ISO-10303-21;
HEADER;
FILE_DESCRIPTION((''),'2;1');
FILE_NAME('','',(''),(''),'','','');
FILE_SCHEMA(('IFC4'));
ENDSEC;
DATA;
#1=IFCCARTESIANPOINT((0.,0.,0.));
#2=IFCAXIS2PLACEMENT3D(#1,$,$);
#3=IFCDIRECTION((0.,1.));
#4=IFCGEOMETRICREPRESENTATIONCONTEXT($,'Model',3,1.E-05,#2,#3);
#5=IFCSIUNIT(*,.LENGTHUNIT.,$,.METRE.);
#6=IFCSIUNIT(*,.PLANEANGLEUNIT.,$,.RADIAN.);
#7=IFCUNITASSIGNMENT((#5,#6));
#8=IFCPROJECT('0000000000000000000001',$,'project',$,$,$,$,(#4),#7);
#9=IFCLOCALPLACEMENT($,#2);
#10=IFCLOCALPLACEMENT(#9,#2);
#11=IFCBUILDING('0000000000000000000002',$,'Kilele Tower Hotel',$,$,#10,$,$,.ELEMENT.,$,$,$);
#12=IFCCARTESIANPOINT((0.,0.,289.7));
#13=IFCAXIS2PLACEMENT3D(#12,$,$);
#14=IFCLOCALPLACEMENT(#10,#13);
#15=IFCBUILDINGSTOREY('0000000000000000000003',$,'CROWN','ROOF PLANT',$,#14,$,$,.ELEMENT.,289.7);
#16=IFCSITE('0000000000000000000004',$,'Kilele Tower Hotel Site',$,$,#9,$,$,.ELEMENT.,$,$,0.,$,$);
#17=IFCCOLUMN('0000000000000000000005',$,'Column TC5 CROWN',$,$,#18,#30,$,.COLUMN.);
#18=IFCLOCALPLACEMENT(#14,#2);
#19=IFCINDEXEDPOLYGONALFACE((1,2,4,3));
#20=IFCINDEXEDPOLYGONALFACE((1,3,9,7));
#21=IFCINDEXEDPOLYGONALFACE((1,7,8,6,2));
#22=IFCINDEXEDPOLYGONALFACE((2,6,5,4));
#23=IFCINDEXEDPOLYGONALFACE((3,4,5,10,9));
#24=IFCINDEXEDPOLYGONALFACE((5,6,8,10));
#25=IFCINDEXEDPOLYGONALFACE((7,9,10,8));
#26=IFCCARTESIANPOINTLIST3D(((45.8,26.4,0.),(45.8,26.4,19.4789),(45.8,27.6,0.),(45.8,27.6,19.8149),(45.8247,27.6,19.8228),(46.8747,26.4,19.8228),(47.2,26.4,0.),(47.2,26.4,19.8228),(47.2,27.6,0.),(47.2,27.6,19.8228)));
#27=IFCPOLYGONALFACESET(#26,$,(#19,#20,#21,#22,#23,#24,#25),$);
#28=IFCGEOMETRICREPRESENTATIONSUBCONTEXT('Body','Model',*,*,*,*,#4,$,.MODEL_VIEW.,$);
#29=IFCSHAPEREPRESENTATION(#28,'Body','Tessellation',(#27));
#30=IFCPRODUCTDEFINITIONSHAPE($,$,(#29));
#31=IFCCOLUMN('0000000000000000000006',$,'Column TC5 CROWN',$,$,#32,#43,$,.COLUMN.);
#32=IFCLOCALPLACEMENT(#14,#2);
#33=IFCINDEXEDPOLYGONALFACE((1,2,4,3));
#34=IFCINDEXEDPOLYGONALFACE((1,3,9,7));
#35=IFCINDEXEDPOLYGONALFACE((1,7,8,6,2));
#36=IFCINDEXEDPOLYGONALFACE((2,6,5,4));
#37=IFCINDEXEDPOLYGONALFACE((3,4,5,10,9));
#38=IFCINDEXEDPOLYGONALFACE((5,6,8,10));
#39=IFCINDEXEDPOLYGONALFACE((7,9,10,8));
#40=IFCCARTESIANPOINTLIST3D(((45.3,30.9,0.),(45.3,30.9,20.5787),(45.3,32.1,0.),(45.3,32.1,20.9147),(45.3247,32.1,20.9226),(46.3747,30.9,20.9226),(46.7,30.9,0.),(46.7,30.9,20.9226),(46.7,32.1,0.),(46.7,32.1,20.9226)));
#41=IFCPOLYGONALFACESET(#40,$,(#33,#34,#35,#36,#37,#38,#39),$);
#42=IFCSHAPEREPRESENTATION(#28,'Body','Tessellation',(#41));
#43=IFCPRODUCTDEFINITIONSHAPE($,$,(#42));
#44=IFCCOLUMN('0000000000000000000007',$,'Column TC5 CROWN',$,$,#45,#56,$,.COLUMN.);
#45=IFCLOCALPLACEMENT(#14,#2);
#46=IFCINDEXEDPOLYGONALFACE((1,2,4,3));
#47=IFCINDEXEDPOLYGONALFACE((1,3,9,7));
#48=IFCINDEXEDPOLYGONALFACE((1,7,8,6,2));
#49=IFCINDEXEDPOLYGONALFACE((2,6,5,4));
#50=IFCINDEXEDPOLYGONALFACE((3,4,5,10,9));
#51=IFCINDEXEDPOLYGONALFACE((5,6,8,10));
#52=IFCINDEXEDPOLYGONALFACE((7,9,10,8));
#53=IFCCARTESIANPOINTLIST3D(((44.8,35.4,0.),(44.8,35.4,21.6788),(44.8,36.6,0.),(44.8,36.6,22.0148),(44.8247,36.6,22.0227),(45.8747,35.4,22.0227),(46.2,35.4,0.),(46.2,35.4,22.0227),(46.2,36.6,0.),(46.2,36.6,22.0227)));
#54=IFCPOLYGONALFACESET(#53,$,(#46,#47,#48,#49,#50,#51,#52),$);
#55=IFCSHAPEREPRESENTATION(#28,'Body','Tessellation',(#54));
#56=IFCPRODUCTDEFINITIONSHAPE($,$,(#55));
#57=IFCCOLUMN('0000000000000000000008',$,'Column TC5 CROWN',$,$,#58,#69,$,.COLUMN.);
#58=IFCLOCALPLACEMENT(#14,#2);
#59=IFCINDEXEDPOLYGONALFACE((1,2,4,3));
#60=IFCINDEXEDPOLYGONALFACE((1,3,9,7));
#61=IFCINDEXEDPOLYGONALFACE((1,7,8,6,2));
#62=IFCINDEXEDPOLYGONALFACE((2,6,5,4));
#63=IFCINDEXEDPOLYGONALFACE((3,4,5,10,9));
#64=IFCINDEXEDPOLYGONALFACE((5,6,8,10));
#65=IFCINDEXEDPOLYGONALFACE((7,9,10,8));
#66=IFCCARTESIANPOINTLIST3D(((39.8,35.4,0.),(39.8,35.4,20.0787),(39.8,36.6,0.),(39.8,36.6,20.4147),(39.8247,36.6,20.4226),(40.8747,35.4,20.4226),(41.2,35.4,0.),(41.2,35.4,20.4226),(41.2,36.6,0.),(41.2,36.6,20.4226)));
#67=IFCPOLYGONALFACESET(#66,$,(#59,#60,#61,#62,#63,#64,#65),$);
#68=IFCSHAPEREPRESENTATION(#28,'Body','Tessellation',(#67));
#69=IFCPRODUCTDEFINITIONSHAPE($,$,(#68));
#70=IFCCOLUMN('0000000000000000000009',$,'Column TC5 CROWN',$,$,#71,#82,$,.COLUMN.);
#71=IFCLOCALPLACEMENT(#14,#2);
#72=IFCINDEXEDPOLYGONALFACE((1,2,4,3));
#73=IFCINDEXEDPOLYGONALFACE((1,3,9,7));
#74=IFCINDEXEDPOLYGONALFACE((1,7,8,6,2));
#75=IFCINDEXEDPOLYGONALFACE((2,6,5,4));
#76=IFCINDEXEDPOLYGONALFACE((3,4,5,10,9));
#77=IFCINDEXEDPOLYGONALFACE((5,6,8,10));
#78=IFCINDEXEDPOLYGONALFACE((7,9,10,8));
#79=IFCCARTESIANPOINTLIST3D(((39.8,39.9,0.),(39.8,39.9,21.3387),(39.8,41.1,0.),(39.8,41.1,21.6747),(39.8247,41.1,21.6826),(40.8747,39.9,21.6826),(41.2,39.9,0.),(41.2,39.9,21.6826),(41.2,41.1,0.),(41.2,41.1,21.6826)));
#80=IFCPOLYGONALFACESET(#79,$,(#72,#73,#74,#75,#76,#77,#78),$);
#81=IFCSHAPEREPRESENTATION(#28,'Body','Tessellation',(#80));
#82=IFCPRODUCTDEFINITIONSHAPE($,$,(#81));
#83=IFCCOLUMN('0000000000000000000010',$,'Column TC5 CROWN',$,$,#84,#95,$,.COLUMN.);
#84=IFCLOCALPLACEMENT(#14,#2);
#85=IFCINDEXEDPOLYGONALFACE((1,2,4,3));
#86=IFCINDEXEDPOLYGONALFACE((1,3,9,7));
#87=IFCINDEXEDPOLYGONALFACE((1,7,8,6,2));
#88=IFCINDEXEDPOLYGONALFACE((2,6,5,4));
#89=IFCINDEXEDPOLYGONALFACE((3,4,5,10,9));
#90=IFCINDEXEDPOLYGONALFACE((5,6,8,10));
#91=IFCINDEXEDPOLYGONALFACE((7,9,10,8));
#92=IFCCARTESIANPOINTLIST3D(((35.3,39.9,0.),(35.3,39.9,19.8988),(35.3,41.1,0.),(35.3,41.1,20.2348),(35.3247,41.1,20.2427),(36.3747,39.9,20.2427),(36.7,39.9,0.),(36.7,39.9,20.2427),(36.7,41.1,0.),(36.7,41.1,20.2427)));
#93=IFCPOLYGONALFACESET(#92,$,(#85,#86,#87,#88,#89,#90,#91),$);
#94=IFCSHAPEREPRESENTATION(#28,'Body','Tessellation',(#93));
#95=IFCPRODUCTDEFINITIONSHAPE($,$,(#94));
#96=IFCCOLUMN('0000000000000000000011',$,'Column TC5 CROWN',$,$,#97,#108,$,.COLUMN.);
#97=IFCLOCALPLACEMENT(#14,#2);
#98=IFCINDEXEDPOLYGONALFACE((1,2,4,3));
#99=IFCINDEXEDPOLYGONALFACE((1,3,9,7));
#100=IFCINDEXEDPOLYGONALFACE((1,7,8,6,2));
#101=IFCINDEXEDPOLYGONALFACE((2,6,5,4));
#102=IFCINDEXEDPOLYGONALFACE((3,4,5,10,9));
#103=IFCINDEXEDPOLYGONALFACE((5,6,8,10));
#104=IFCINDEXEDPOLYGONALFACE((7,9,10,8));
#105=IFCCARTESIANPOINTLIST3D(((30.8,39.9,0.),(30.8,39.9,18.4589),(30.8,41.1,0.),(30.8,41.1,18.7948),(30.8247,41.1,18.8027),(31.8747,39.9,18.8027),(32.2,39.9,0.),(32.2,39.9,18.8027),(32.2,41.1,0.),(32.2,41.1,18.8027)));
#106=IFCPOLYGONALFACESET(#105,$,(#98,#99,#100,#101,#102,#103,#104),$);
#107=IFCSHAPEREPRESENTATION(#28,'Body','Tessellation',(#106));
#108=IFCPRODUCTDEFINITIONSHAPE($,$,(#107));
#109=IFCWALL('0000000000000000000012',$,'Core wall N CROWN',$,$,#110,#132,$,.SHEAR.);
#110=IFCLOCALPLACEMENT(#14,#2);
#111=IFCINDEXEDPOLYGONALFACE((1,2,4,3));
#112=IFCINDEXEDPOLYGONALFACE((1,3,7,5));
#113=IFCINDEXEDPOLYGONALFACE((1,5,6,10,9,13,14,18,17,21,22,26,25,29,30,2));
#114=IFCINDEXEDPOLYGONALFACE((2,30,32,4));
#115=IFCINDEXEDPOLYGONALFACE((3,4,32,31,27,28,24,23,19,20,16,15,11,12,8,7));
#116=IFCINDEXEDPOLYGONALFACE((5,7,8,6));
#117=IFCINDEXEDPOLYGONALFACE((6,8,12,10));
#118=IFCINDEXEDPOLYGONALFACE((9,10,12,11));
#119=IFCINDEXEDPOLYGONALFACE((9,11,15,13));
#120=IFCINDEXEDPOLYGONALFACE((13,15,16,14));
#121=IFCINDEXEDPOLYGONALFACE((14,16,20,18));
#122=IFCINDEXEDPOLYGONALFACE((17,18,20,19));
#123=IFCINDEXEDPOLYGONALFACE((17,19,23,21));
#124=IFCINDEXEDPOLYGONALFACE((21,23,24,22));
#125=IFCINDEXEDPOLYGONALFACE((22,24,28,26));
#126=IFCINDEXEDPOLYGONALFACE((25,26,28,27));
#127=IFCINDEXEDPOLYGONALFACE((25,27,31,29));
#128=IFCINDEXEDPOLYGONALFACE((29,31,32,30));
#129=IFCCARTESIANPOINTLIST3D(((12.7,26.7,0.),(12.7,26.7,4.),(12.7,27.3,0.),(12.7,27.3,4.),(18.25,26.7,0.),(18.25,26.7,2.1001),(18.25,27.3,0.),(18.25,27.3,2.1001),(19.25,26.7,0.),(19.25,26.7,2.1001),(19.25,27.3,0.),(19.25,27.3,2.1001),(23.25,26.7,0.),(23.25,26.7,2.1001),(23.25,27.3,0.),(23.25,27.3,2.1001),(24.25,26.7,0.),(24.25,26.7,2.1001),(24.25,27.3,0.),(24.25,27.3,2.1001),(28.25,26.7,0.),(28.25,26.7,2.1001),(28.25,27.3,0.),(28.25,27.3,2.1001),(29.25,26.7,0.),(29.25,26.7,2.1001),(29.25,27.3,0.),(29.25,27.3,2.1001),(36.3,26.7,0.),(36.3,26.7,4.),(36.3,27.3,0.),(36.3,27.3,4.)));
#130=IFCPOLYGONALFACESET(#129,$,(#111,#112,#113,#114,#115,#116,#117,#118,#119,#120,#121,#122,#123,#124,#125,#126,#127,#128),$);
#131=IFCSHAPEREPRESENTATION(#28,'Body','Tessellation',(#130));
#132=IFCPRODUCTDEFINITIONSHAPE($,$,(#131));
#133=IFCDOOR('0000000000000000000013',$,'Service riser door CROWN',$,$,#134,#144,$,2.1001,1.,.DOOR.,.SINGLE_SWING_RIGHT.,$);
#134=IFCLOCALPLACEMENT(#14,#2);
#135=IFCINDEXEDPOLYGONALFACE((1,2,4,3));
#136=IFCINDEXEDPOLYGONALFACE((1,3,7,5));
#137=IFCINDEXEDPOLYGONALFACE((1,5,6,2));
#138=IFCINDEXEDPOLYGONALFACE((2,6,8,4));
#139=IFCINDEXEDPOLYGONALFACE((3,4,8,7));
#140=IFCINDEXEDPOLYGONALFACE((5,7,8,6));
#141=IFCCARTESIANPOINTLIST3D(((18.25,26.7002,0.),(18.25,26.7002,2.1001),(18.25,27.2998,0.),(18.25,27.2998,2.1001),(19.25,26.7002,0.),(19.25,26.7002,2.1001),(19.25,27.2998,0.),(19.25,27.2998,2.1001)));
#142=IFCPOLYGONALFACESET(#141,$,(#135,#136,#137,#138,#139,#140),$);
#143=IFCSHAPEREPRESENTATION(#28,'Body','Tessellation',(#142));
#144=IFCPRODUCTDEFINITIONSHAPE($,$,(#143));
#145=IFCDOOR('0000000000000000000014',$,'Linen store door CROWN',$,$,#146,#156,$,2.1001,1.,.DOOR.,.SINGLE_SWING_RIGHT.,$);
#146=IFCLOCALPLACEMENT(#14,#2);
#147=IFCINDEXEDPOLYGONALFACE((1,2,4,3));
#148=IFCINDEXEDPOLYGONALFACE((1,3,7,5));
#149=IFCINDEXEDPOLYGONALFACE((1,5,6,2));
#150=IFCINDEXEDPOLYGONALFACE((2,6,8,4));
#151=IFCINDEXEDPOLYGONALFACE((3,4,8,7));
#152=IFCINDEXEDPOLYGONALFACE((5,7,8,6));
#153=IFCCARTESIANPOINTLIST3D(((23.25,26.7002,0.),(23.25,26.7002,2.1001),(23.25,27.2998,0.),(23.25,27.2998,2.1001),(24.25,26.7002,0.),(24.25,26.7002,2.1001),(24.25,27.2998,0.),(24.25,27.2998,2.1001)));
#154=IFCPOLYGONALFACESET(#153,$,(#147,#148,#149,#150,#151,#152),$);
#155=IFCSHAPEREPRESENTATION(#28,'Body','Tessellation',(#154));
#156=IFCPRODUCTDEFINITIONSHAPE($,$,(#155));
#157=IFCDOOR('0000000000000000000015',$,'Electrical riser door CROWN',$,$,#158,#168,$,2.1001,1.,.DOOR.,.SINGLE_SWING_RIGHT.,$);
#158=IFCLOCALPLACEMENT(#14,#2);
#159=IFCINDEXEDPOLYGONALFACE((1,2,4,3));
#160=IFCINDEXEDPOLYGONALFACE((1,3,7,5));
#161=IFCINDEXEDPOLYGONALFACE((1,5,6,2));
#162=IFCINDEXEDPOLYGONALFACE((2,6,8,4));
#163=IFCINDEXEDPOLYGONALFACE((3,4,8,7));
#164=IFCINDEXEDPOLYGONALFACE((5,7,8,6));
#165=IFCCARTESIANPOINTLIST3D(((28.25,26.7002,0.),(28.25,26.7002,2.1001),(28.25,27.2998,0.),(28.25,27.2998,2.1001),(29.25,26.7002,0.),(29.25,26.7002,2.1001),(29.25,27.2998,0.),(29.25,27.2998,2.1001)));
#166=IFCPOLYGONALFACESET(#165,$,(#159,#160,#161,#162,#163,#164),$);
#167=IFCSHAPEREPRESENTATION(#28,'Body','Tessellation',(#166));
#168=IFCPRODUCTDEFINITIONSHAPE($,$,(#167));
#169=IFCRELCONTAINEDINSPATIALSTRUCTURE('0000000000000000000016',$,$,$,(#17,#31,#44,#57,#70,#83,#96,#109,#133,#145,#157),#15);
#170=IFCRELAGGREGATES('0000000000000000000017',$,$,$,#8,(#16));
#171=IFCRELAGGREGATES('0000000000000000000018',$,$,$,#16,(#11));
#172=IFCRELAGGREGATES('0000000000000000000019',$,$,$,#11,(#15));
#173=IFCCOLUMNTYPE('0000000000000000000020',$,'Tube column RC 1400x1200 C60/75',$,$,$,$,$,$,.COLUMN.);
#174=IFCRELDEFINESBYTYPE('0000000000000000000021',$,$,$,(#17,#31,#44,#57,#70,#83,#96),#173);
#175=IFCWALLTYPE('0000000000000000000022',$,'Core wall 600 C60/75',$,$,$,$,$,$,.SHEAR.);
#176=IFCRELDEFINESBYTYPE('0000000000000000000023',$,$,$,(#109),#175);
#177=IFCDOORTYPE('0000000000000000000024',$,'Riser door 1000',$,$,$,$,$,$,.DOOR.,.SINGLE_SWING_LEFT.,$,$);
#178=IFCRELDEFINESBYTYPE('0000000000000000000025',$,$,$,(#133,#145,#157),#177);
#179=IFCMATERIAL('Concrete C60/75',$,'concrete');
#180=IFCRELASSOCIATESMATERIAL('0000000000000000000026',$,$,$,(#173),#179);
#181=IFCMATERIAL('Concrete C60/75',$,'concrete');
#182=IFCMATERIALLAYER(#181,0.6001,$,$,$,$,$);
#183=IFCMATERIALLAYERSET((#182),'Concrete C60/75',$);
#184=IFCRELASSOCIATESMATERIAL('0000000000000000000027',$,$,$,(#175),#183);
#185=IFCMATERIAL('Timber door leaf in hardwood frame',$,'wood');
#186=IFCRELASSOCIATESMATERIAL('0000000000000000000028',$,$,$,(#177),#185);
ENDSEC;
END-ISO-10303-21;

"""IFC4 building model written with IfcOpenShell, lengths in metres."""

from ifc_helpers import new_model, si_unit, direction, frame, frame_2d, origin, origin_2d, place, context, subcontext, project, spatial, rectangle, extrude, clip, halfspace, material, layer, layer_set, material_profile, profile_set, type_object, element, fill, save


model = new_model("IFC4")

# Units and contexts
model_context = context("Model", 3, precision=1e-05, world=origin(), true_north=direction((0.0, 1.0)))
body_context = subcontext(model_context, "Body", "Model", "MODEL_VIEW")
ifc_project = project(units=[si_unit("LENGTHUNIT", "METRE"), si_unit("PLANEANGLEUNIT", "RADIAN")], contexts=[model_context])

# Site, building, storey
site_placement = place(None, origin())
site = spatial("IfcSite", under=ifc_project, at=site_placement, Name="Kilele Tower Hotel Site", CompositionType="ELEMENT", RefElevation=0.0)
building_placement = place(site_placement, origin())
building = spatial("IfcBuilding", under=site, at=building_placement, Name="Kilele Tower Hotel", CompositionType="ELEMENT")
storey_placement = place(building_placement, frame((0.0, 0.0, 289.7)))
storey = spatial("IfcBuildingStorey", under=building, at=storey_placement, Name="CROWN", Description="ROOF PLANT", CompositionType="ELEMENT", Elevation=289.7)

# Columns
ifc_material_1 = material(Name="Concrete C60/75", Category="concrete")
ifc_material_profile = material_profile(ifc_material_1, rectangle(XDim=1.3999, YDim=1.2, at=origin_2d()))
ifc_profile_set = profile_set([ifc_material_profile], Name="Concrete C60/75")
column_type = type_object("IfcColumnType", Name="Tube column RC 1400x1200 C60/75", PredefinedType="COLUMN", material=ifc_profile_set)
column_1_placement = place(storey_placement, frame((46.5, 27.0, 0.0), z_axis=(0.0, 0.0, 1.0), x_axis=(1.0, 0.0, 0.0)))
element("IfcColumn", 1, at=column_1_placement, inside=storey, type_object=column_type, Name="Column TC5 CROWN", PredefinedType="COLUMN", context=body_context, shape_type="Clipping", body=[
    clip(extrude(rectangle(XDim=1.3999, YDim=1.2, at=origin_2d()), origin(), (0.0, 0.0, 1.0), 19.8228), halfspace(frame((0.0, 0.0, 19.8708), z_axis=(-0.294484, -0.257674, 0.920263), x_axis=(0.952424, 0.0, 0.304776)), False)),
])
column_2_placement = place(storey_placement, frame((46.0, 31.5, 0.0), z_axis=(0.0, 0.0, 1.0), x_axis=(1.0, 0.0, 0.0)))
element("IfcColumn", 2, at=column_2_placement, inside=storey, type_object=column_type, Name="Column TC5 CROWN", PredefinedType="COLUMN", context=body_context, shape_type="Clipping", body=[
    clip(extrude(rectangle(XDim=1.3999, YDim=1.2, at=origin_2d()), origin(), (0.0, 0.0, 1.0), 20.9226), halfspace(frame((0.0, 0.0, 20.9707), z_axis=(-0.294484, -0.257674, 0.920263), x_axis=(0.952424, 0.0, 0.304776)), False)),
])
column_3_placement = place(storey_placement, frame((45.5, 36.0, 0.0), z_axis=(0.0, 0.0, 1.0), x_axis=(1.0, 0.0, 0.0)))
element("IfcColumn", 3, at=column_3_placement, inside=storey, type_object=column_type, Name="Column TC5 CROWN", PredefinedType="COLUMN", context=body_context, shape_type="Clipping", body=[
    clip(extrude(rectangle(XDim=1.3999, YDim=1.2, at=origin_2d()), origin(), (0.0, 0.0, 1.0), 22.0227), halfspace(frame((0.0, 0.0, 22.0708), z_axis=(-0.294484, -0.257674, 0.920263), x_axis=(0.952424, 0.0, 0.304776)), False)),
])
column_4_placement = place(storey_placement, frame((40.5, 36.0, 0.0), z_axis=(0.0, 0.0, 1.0), x_axis=(1.0, 0.0, 0.0)))
element("IfcColumn", 4, at=column_4_placement, inside=storey, type_object=column_type, Name="Column TC5 CROWN", PredefinedType="COLUMN", context=body_context, shape_type="Clipping", body=[
    clip(extrude(rectangle(XDim=1.3999, YDim=1.2, at=origin_2d()), origin(), (0.0, 0.0, 1.0), 20.4226), halfspace(frame((0.0, 0.0, 20.4707), z_axis=(-0.294484, -0.257674, 0.920263), x_axis=(0.952424, 0.0, 0.304776)), False)),
])
column_5_placement = place(storey_placement, frame((40.5, 40.5, 0.0), z_axis=(0.0, 0.0, 1.0), x_axis=(1.0, 0.0, 0.0)))
element("IfcColumn", 5, at=column_5_placement, inside=storey, type_object=column_type, Name="Column TC5 CROWN", PredefinedType="COLUMN", context=body_context, shape_type="Clipping", body=[
    clip(extrude(rectangle(XDim=1.3999, YDim=1.2, at=origin_2d()), origin(), (0.0, 0.0, 1.0), 21.6826), halfspace(frame((0.0, 0.0, 21.7307), z_axis=(-0.294484, -0.257674, 0.920263), x_axis=(0.952424, 0.0, 0.304776)), False)),
])
column_6_placement = place(storey_placement, frame((36.0, 40.5, 0.0), z_axis=(0.0, 0.0, 1.0), x_axis=(1.0, 0.0, 0.0)))
element("IfcColumn", 6, at=column_6_placement, inside=storey, type_object=column_type, Name="Column TC5 CROWN", PredefinedType="COLUMN", context=body_context, shape_type="Clipping", body=[
    clip(extrude(rectangle(XDim=1.3999, YDim=1.2, at=origin_2d()), origin(), (0.0, 0.0, 1.0), 20.2427), halfspace(frame((0.0, 0.0, 20.2908), z_axis=(-0.294484, -0.257674, 0.920263), x_axis=(0.952424, 0.0, 0.304776)), False)),
])
column_7_placement = place(storey_placement, frame((31.5, 40.5, 0.0), z_axis=(0.0, 0.0, 1.0), x_axis=(1.0, 0.0, 0.0)))
element("IfcColumn", 7, at=column_7_placement, inside=storey, type_object=column_type, Name="Column TC5 CROWN", PredefinedType="COLUMN", context=body_context, shape_type="Clipping", body=[
    clip(extrude(rectangle(XDim=1.3999, YDim=1.2, at=origin_2d()), origin(), (0.0, 0.0, 1.0), 18.8027), halfspace(frame((0.0, 0.0, 18.8508), z_axis=(-0.294484, -0.257674, 0.920263), x_axis=(0.952424, 0.0, 0.304776)), False)),
])

# Wall, openings, doors
ifc_material_2 = material(Name="Concrete C60/75", Category="concrete")
ifc_layer_1 = layer(ifc_material_2, 0.6001)
ifc_layer_set_1 = layer_set([ifc_layer_1], Name="Concrete C60/75")
wall_type_1 = type_object("IfcWallType", Name="Core wall 600 C60/75", PredefinedType="SHEAR", material=ifc_layer_set_1)
wall_1_placement = place(storey_placement, frame((36.3, 27.0, 0.0), z_axis=(0.0, 0.0, 1.0), x_axis=(-1.0, 0.0, 0.0)))
wall_1 = element("IfcWall", 8, at=wall_1_placement, inside=storey, type_object=wall_type_1, Name="Core wall N CROWN", PredefinedType="SHEAR", context=body_context, shape_type="SweptSolid", body=[
    extrude(rectangle(XDim=23.6001, YDim=0.6001, at=frame_2d((11.8, 0.0))), origin(), (0.0, 0.0, 1.0), 4.0),
])
opening_1_placement = place(wall_1_placement, frame((17.05, 0.0, 0.0)))
opening_1 = element("IfcOpeningElement", 9, at=opening_1_placement, cuts=wall_1, PredefinedType="OPENING", context=body_context, shape_type="SweptSolid", body=[
    extrude(rectangle(XDim=1.0, YDim=2.1001, at=frame_2d((0.5, 1.05))), frame((0.0, 0.3101, 0.0), z_axis=(0.0, -1.0, 0.0), x_axis=(1.0, 0.0, 0.0)), (0.0, 0.0, 1.0), 0.6201),
])
opening_2_placement = place(wall_1_placement, frame((12.05, 0.0, 0.0)))
opening_2 = element("IfcOpeningElement", 10, at=opening_2_placement, cuts=wall_1, PredefinedType="OPENING", context=body_context, shape_type="SweptSolid", body=[
    extrude(rectangle(XDim=1.0, YDim=2.1001, at=frame_2d((0.5, 1.05))), frame((0.0, 0.3101, 0.0), z_axis=(0.0, -1.0, 0.0), x_axis=(1.0, 0.0, 0.0)), (0.0, 0.0, 1.0), 0.6201),
])
opening_3_placement = place(wall_1_placement, frame((7.05, 0.0, 0.0)))
opening_3 = element("IfcOpeningElement", 11, at=opening_3_placement, cuts=wall_1, PredefinedType="OPENING", context=body_context, shape_type="SweptSolid", body=[
    extrude(rectangle(XDim=1.0, YDim=2.1001, at=frame_2d((0.5, 1.05))), frame((0.0, 0.3101, 0.0), z_axis=(0.0, -1.0, 0.0), x_axis=(1.0, 0.0, 0.0)), (0.0, 0.0, 1.0), 0.6201),
])
ifc_material_3 = material(Name="Timber door leaf in hardwood frame", Category="wood")
door_type = type_object("IfcDoorType", Name="Riser door 1000", OperationType="SINGLE_SWING_LEFT", PredefinedType="DOOR", material=ifc_material_3)
door_1_placement = place(opening_1_placement, origin())
door_1 = element("IfcDoor", 12, at=door_1_placement, inside=storey, type_object=door_type, Name="Service riser door CROWN", OperationType="SINGLE_SWING_RIGHT", OverallHeight=2.1001, OverallWidth=1.0, PredefinedType="DOOR", context=body_context, shape_type="SweptSolid", body=[
    extrude(rectangle(XDim=1.0, YDim=2.1001, at=frame_2d((0.5, 1.05))), frame((0.0, 0.2998, 0.0), z_axis=(0.0, -1.0, 0.0), x_axis=(1.0, 0.0, 0.0)), (0.0, 0.0, 1.0), 0.5996),
])
fill(opening_1, door_1)
door_2_placement = place(opening_2_placement, origin())
door_2 = element("IfcDoor", 13, at=door_2_placement, inside=storey, type_object=door_type, Name="Linen store door CROWN", OperationType="SINGLE_SWING_RIGHT", OverallHeight=2.1001, OverallWidth=1.0, PredefinedType="DOOR", context=body_context, shape_type="SweptSolid", body=[
    extrude(rectangle(XDim=1.0, YDim=2.1001, at=frame_2d((0.5, 1.05))), frame((0.0, 0.2998, 0.0), z_axis=(0.0, -1.0, 0.0), x_axis=(1.0, 0.0, 0.0)), (0.0, 0.0, 1.0), 0.5996),
])
fill(opening_2, door_2)
door_3_placement = place(opening_3_placement, origin())
door_3 = element("IfcDoor", 14, at=door_3_placement, inside=storey, type_object=door_type, Name="Electrical riser door CROWN", OperationType="SINGLE_SWING_RIGHT", OverallHeight=2.1001, OverallWidth=1.0, PredefinedType="DOOR", context=body_context, shape_type="SweptSolid", body=[
    extrude(rectangle(XDim=1.0, YDim=2.1001, at=frame_2d((0.5, 1.05))), frame((0.0, 0.2998, 0.0), z_axis=(0.0, -1.0, 0.0), x_axis=(1.0, 0.0, 0.0)), (0.0, 0.0, 1.0), 0.5996),
])
fill(opening_3, door_3)

save(model, "model.ifc")
